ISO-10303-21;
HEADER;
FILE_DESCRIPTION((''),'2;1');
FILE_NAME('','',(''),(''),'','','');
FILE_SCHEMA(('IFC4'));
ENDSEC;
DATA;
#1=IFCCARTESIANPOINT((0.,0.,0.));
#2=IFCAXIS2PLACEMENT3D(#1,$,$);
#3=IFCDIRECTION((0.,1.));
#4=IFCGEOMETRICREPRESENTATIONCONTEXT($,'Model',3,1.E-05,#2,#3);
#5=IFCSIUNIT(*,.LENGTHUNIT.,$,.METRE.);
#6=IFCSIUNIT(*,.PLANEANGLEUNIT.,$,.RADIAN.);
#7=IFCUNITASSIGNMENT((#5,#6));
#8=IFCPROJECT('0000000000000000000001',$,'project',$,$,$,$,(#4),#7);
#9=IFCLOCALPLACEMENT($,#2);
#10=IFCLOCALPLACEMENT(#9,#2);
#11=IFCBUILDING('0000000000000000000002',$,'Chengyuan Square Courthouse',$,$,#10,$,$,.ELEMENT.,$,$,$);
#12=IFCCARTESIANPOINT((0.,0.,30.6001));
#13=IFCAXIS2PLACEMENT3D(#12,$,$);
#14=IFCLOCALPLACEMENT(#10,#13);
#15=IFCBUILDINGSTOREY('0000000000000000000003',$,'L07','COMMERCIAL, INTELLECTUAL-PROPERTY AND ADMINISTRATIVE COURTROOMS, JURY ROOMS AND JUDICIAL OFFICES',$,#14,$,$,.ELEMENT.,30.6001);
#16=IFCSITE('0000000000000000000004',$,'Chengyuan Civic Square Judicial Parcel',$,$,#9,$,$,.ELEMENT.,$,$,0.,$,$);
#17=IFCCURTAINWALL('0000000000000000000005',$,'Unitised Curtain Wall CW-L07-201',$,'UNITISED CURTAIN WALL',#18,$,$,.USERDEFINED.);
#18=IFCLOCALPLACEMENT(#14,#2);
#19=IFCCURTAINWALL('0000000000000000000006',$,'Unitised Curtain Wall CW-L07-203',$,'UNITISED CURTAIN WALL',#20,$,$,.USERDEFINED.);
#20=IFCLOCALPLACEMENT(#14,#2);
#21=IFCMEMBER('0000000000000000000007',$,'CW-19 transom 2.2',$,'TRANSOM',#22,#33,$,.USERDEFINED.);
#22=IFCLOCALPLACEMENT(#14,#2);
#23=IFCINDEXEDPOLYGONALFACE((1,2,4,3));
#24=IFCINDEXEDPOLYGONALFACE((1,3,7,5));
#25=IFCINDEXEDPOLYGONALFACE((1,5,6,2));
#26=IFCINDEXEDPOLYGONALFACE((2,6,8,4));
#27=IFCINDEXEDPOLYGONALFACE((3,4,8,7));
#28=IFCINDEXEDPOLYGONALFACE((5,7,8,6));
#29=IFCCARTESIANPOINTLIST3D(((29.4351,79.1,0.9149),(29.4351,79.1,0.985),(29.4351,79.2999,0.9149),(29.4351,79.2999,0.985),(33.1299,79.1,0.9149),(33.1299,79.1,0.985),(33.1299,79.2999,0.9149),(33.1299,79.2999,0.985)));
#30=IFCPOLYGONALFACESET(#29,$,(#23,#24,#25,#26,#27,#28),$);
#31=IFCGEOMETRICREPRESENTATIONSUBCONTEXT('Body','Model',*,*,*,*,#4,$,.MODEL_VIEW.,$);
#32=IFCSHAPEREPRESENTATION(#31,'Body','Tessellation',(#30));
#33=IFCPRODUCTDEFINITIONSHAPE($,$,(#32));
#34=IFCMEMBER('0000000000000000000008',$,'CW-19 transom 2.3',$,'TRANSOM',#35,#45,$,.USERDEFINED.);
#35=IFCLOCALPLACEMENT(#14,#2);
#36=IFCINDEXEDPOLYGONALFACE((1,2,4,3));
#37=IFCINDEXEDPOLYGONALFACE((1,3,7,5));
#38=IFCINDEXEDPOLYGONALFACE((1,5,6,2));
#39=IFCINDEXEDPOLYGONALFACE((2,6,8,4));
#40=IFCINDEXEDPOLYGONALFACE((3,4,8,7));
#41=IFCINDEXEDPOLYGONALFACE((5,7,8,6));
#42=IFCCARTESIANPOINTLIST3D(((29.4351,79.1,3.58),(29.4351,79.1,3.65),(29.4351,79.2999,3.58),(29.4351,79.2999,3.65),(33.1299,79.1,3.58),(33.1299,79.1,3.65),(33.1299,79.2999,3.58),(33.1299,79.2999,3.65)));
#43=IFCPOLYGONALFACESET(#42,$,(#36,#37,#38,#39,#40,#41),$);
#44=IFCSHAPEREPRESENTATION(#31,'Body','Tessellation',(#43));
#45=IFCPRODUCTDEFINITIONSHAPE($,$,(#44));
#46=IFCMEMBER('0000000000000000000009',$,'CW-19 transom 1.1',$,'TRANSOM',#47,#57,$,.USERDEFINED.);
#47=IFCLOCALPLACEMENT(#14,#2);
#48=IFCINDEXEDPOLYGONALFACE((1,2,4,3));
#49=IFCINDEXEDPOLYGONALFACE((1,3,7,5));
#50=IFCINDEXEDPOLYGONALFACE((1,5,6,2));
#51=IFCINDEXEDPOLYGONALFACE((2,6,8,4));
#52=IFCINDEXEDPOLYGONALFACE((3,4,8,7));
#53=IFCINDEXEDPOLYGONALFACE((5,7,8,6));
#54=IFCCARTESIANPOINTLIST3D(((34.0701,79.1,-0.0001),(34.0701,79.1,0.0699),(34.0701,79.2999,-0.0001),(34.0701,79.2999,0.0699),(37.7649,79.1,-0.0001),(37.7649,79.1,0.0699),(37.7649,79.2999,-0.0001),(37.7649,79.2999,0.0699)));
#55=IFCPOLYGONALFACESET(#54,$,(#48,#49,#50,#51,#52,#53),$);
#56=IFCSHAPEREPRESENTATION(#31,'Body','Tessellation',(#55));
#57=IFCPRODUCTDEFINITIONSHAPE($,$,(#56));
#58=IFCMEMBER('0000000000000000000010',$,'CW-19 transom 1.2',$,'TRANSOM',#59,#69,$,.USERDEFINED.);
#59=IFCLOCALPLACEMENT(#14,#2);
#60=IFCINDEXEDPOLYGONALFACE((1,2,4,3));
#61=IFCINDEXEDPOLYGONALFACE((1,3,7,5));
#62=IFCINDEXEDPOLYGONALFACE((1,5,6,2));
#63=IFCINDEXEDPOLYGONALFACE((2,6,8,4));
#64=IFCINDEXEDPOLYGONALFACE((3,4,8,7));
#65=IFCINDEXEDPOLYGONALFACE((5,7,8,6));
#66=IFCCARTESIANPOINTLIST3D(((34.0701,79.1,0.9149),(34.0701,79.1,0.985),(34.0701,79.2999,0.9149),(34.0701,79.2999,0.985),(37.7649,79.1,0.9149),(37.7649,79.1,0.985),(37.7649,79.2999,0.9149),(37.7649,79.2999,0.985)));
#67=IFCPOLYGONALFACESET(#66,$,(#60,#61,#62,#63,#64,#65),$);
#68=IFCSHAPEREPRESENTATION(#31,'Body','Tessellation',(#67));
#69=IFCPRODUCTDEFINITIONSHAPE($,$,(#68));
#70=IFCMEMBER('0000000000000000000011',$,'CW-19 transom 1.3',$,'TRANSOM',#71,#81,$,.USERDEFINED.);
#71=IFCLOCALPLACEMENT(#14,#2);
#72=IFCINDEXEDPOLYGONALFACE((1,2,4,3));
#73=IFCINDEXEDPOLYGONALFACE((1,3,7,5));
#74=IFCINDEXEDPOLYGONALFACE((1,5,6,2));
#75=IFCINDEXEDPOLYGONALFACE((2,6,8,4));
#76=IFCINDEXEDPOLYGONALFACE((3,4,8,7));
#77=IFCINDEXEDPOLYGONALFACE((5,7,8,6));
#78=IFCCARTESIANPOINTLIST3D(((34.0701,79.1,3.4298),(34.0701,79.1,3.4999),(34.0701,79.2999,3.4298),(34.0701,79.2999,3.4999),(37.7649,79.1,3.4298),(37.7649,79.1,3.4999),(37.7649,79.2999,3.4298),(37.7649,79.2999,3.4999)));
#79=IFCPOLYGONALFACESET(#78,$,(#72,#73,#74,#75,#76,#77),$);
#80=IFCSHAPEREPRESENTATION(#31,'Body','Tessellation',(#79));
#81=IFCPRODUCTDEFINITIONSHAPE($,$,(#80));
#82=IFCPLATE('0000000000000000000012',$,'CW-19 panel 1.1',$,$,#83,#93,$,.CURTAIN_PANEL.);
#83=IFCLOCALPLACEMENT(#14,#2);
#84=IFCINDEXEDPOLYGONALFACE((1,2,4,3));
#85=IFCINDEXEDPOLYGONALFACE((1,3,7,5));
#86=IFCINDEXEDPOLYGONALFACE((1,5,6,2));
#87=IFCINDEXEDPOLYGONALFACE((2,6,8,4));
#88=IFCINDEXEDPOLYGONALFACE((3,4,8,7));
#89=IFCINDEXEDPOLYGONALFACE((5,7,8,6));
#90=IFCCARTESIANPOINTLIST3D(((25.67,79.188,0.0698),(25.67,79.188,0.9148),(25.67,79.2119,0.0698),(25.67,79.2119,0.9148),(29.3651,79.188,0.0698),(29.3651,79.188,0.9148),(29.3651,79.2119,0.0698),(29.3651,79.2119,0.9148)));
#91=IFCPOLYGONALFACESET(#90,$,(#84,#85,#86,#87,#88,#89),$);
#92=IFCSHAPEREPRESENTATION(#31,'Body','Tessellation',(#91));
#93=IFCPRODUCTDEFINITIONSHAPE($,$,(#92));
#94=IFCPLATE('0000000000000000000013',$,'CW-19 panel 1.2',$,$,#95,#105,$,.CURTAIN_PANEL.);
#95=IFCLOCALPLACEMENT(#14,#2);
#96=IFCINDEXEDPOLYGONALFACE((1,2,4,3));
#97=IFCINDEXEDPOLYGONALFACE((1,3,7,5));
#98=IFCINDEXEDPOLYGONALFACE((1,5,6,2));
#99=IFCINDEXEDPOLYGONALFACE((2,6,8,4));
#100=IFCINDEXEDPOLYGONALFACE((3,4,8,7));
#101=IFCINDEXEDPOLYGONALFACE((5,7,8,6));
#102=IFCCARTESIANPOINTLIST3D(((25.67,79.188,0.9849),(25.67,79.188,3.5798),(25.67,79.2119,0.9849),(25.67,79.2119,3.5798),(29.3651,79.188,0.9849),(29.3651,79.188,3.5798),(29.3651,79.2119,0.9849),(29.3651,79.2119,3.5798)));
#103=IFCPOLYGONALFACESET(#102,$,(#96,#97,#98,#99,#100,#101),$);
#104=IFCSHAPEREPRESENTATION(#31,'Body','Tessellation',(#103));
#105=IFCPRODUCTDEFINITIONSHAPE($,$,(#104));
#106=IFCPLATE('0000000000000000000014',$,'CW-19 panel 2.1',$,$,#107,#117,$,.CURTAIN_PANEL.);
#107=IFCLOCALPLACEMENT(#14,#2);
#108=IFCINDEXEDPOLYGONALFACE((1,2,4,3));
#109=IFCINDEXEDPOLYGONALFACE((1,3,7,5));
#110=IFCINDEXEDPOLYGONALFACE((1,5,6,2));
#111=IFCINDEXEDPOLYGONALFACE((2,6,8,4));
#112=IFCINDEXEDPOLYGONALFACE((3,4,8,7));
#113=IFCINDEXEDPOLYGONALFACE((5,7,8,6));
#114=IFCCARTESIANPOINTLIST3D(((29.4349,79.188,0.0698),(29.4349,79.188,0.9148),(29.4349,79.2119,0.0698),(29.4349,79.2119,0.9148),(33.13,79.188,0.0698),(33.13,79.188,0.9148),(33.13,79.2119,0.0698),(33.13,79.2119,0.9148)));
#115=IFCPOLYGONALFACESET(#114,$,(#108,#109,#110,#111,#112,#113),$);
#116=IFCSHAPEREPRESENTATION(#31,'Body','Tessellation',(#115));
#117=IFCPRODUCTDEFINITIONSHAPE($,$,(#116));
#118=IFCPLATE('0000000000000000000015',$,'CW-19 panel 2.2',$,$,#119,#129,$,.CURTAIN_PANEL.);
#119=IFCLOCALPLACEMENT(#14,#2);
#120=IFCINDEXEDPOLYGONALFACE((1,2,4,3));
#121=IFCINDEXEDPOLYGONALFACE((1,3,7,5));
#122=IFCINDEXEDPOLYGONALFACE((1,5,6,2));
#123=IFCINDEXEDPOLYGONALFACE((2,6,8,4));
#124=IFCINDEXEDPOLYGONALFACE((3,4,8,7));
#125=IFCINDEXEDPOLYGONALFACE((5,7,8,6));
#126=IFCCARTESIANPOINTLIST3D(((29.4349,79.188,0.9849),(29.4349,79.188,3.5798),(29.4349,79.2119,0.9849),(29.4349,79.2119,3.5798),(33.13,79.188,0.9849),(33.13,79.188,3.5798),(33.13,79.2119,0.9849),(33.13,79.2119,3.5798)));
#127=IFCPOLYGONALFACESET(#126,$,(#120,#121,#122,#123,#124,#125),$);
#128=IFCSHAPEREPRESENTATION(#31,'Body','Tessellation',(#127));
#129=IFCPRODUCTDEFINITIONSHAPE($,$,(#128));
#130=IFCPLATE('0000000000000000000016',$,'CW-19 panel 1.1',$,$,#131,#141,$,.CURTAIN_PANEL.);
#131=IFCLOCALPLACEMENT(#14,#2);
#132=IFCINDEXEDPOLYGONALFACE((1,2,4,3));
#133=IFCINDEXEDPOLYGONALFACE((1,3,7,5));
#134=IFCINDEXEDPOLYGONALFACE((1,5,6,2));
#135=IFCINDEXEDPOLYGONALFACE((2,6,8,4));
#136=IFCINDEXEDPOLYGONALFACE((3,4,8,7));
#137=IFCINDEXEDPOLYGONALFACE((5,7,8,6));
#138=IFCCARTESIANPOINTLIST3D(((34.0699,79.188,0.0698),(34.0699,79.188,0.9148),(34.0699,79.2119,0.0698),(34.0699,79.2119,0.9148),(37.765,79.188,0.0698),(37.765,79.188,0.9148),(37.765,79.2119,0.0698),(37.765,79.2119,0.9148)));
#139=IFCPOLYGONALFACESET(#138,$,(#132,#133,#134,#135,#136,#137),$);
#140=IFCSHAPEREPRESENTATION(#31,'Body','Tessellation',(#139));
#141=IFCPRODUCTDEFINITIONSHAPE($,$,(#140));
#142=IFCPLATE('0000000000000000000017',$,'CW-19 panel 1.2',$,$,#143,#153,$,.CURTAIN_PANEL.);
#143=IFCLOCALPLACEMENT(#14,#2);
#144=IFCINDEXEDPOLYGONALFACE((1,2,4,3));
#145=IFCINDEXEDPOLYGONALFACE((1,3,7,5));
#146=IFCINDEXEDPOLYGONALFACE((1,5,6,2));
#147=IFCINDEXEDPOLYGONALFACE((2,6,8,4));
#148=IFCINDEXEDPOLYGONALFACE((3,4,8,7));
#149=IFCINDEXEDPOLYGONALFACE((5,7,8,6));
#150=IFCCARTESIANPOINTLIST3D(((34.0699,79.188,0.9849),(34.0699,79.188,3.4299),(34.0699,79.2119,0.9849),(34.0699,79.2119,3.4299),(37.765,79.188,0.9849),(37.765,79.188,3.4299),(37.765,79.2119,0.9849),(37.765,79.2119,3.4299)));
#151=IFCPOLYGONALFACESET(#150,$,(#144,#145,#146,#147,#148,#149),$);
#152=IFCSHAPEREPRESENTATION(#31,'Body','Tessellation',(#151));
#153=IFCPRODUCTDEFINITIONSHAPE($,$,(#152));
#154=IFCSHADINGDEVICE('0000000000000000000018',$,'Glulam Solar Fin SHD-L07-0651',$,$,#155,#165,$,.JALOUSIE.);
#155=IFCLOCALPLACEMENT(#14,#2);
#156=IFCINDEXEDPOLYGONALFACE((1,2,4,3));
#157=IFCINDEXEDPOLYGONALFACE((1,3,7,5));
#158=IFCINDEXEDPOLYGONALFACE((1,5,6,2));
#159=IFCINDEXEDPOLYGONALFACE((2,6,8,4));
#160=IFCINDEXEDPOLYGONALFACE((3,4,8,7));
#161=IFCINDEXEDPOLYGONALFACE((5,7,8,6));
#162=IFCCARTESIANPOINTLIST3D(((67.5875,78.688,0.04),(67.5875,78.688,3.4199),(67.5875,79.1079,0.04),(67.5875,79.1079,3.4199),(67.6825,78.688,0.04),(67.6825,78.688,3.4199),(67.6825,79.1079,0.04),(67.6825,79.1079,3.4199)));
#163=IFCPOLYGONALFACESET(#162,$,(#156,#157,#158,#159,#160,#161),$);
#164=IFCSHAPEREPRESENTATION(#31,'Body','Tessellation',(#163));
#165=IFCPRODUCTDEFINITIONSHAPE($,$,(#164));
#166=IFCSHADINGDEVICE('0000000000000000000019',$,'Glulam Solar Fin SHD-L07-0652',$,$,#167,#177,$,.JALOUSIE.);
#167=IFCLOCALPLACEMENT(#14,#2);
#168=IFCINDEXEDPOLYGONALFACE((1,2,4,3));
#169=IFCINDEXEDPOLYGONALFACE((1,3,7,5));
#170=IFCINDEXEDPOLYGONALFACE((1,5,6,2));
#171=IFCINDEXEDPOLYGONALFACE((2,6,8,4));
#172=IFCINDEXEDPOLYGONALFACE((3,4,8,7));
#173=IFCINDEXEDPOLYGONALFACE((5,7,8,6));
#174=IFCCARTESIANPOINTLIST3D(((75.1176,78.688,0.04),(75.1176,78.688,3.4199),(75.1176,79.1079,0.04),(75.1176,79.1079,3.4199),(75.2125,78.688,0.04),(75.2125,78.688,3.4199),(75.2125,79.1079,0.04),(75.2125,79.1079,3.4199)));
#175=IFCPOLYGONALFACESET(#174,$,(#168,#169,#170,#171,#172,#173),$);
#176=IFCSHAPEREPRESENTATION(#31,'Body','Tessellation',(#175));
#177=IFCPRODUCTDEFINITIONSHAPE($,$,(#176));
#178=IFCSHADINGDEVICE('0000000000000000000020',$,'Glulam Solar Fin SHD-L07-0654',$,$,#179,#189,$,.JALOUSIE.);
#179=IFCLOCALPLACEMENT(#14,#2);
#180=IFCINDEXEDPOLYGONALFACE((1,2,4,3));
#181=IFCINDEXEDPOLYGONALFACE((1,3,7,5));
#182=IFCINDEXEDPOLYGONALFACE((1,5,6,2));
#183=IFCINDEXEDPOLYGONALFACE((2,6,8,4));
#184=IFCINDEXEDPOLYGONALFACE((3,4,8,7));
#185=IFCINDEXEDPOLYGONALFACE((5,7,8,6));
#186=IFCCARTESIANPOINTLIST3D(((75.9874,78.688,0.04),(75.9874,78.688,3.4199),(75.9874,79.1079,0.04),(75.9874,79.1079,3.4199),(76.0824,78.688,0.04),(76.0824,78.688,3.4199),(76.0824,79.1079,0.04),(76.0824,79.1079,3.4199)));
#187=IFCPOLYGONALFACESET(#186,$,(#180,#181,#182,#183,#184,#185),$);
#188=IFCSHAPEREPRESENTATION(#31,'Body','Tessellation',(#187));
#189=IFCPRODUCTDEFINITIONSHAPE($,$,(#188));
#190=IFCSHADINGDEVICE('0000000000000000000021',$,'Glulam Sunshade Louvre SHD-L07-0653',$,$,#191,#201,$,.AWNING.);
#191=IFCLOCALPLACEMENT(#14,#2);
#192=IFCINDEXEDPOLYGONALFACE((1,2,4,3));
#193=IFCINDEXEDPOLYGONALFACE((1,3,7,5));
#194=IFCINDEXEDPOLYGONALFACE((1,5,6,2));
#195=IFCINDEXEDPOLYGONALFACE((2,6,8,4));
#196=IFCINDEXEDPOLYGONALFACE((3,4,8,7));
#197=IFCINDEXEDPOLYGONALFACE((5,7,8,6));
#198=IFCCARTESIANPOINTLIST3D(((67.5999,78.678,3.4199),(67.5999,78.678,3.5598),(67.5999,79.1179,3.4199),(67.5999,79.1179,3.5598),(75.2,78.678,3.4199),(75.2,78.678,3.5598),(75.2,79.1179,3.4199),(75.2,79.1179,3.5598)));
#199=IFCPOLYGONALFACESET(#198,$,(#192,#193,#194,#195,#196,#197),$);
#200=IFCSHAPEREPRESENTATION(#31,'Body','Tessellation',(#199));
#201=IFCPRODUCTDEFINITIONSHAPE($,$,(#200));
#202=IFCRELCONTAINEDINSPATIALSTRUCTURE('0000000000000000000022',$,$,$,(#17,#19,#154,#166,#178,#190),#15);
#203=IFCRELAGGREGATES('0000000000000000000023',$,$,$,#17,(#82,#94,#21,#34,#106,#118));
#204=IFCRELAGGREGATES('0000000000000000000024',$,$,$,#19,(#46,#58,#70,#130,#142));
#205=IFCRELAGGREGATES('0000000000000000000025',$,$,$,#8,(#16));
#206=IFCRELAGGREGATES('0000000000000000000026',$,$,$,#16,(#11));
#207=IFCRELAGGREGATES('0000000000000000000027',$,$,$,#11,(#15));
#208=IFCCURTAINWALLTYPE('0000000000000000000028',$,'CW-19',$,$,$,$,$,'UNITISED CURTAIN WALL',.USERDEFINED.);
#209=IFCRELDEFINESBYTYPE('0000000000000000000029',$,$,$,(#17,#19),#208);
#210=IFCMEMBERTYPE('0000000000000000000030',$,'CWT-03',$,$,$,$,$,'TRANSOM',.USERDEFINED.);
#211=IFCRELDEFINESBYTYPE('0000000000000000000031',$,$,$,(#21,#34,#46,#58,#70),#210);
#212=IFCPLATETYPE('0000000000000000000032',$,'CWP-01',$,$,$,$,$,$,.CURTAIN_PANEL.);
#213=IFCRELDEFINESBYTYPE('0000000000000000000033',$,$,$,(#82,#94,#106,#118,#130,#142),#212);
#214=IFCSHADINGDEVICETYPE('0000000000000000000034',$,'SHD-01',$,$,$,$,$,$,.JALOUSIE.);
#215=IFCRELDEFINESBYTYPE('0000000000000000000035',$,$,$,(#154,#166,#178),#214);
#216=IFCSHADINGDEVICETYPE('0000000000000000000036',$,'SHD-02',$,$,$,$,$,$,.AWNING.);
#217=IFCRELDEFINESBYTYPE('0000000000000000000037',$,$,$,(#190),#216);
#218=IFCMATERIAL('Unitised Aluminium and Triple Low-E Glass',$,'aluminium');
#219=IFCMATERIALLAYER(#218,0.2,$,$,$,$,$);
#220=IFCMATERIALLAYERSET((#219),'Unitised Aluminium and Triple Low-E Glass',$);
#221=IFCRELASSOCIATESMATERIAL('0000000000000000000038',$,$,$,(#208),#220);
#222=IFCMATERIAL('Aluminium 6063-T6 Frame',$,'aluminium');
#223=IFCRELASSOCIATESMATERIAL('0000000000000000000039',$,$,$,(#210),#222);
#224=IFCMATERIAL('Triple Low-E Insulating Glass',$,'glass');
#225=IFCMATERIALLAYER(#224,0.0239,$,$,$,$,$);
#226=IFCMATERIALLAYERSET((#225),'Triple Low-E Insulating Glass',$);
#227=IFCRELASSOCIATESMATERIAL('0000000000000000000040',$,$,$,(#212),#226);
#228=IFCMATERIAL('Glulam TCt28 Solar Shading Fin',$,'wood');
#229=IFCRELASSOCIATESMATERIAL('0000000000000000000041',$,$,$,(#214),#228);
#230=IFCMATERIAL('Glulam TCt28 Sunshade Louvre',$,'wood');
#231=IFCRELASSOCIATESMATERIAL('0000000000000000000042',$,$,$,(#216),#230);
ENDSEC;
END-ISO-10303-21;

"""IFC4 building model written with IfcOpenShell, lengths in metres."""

from ifc_helpers import new_model, si_unit, direction, frame, origin, origin_2d, place, context, subcontext, project, spatial, rectangle, extrude, material, layer, layer_set, material_profile, profile_set, type_object, element, aggregate, save


model = new_model("IFC4")

# Units and contexts
model_context = context("Model", 3, precision=1e-05, world=origin(), true_north=direction((0.0, 1.0)))
body_context = subcontext(model_context, "Body", "Model", "MODEL_VIEW")
ifc_project = project(units=[si_unit("LENGTHUNIT", "METRE"), si_unit("PLANEANGLEUNIT", "RADIAN")], contexts=[model_context])

# Site, building, storey
site_placement = place(None, origin())
site = spatial("IfcSite", under=ifc_project, at=site_placement, Name="Chengyuan Civic Square Judicial Parcel", CompositionType="ELEMENT", RefElevation=0.0)
building_placement = place(site_placement, origin())
building = spatial("IfcBuilding", under=site, at=building_placement, Name="Chengyuan Square Courthouse", CompositionType="ELEMENT")
storey_placement = place(building_placement, frame((0.0, 0.0, 30.6001)))
storey = spatial("IfcBuildingStorey", under=building, at=storey_placement, Name="L07", Description="COMMERCIAL, INTELLECTUAL-PROPERTY AND ADMINISTRATIVE COURTROOMS, JURY ROOMS AND JUDICIAL OFFICES", CompositionType="ELEMENT", Elevation=30.6001)

# Curtain walls
ifc_material_1 = material(Name="Unitised Aluminium and Triple Low-E Glass", Category="aluminium")
ifc_layer_1 = layer(ifc_material_1, 0.2)
ifc_layer_set_1 = layer_set([ifc_layer_1], Name="Unitised Aluminium and Triple Low-E Glass")
curtain_wall_type = type_object("IfcCurtainWallType", Name="CW-19", ElementType="UNITISED CURTAIN WALL", PredefinedType="USERDEFINED", material=ifc_layer_set_1)
curtain_wall_1_placement = place(storey_placement, origin())
curtain_wall_1 = element("IfcCurtainWall", 1, at=curtain_wall_1_placement, inside=storey, type_object=curtain_wall_type, Name="Unitised Curtain Wall CW-L07-201", ObjectType="UNITISED CURTAIN WALL", PredefinedType="USERDEFINED")
ifc_material_2 = material(Name="Aluminium 6063-T6 Frame", Category="aluminium")
curtain_wall_2_placement = place(storey_placement, origin())
curtain_wall_2 = element("IfcCurtainWall", 2, at=curtain_wall_2_placement, inside=storey, type_object=curtain_wall_type, Name="Unitised Curtain Wall CW-L07-203", ObjectType="UNITISED CURTAIN WALL", PredefinedType="USERDEFINED")

# Members
ifc_material_profile_1 = material_profile(ifc_material_2, rectangle(XDim=0.2, YDim=0.0701, at=origin_2d()), Name="CW-TRN-70x160")
ifc_profile_set_1 = profile_set([ifc_material_profile_1], Name="Aluminium 6063-T6 Frame")
member_type_1 = type_object("IfcMemberType", Name="CWT-03", ElementType="TRANSOM", PredefinedType="USERDEFINED", material=ifc_profile_set_1)
member_1_placement = place(storey_placement, frame((29.4351, 79.2, 0.95), z_axis=(1.0, 0.0, 0.0), x_axis=(0.0, 1.0, 0.0)))
member_1 = element("IfcMember", 3, at=member_1_placement, type_object=member_type_1, Name="CW-19 transom 2.2", ObjectType="TRANSOM", PredefinedType="USERDEFINED", context=body_context, shape_type="SweptSolid", body=[
    extrude(rectangle(XDim=0.2, YDim=0.0701, at=origin_2d()), origin(), (0.0, 0.0, 1.0), 3.6948),
])
member_2_placement = place(storey_placement, frame((29.4351, 79.2, 3.615), z_axis=(1.0, 0.0, 0.0), x_axis=(0.0, 1.0, 0.0)))
member_2 = element("IfcMember", 4, at=member_2_placement, type_object=member_type_1, Name="CW-19 transom 2.3", ObjectType="TRANSOM", PredefinedType="USERDEFINED", context=body_context, shape_type="SweptSolid", body=[
    extrude(rectangle(XDim=0.2, YDim=0.0701, at=origin_2d()), origin(), (0.0, 0.0, 1.0), 3.6948),
])
member_3_placement = place(storey_placement, frame((34.0701, 79.2, 0.0349), z_axis=(1.0, 0.0, 0.0), x_axis=(0.0, 1.0, 0.0)))
member_3 = element("IfcMember", 5, at=member_3_placement, type_object=member_type_1, Name="CW-19 transom 1.1", ObjectType="TRANSOM", PredefinedType="USERDEFINED", context=body_context, shape_type="SweptSolid", body=[
    extrude(rectangle(XDim=0.2, YDim=0.0701, at=origin_2d()), origin(), (0.0, 0.0, 1.0), 3.6948),
])
member_4_placement = place(storey_placement, frame((34.0701, 79.2, 0.95), z_axis=(1.0, 0.0, 0.0), x_axis=(0.0, 1.0, 0.0)))
member_4 = element("IfcMember", 6, at=member_4_placement, type_object=member_type_1, Name="CW-19 transom 1.2", ObjectType="TRANSOM", PredefinedType="USERDEFINED", context=body_context, shape_type="SweptSolid", body=[
    extrude(rectangle(XDim=0.2, YDim=0.0701, at=origin_2d()), origin(), (0.0, 0.0, 1.0), 3.6948),
])
member_5_placement = place(storey_placement, frame((34.0701, 79.2, 3.4648), z_axis=(1.0, 0.0, 0.0), x_axis=(0.0, 1.0, 0.0)))
member_5 = element("IfcMember", 7, at=member_5_placement, type_object=member_type_1, Name="CW-19 transom 1.3", ObjectType="TRANSOM", PredefinedType="USERDEFINED", context=body_context, shape_type="SweptSolid", body=[
    extrude(rectangle(XDim=0.2, YDim=0.0701, at=origin_2d()), origin(), (0.0, 0.0, 1.0), 3.6948),
])

# Plates
ifc_material_3 = material(Name="Triple Low-E Insulating Glass", Category="glass")
ifc_layer_2 = layer(ifc_material_3, 0.0239)
ifc_layer_set_2 = layer_set([ifc_layer_2], Name="Triple Low-E Insulating Glass")
plate_type = type_object("IfcPlateType", Name="CWP-01", PredefinedType="CURTAIN_PANEL", material=ifc_layer_set_2)
plate_1_placement = place(storey_placement, frame((27.5176, 79.2, 0.0698), z_axis=(0.0, 0.0, 1.0), x_axis=(1.0, 0.0, 0.0)))
plate_1 = element("IfcPlate", 8, at=plate_1_placement, type_object=plate_type, Name="CW-19 panel 1.1", PredefinedType="CURTAIN_PANEL", context=body_context, shape_type="SweptSolid", body=[
    extrude(rectangle(XDim=3.6951, YDim=0.0239, at=origin_2d()), origin(), (0.0, 0.0, 1.0), 0.845),
])
plate_2_placement = place(storey_placement, frame((27.5176, 79.2, 0.9849), z_axis=(0.0, 0.0, 1.0), x_axis=(1.0, 0.0, 0.0)))
plate_2 = element("IfcPlate", 9, at=plate_2_placement, type_object=plate_type, Name="CW-19 panel 1.2", PredefinedType="CURTAIN_PANEL", context=body_context, shape_type="SweptSolid", body=[
    extrude(rectangle(XDim=3.6951, YDim=0.0239, at=origin_2d()), origin(), (0.0, 0.0, 1.0), 2.595),
])
plate_3_placement = place(storey_placement, frame((31.2825, 79.2, 0.0698), z_axis=(0.0, 0.0, 1.0), x_axis=(1.0, 0.0, 0.0)))
plate_3 = element("IfcPlate", 10, at=plate_3_placement, type_object=plate_type, Name="CW-19 panel 2.1", PredefinedType="CURTAIN_PANEL", context=body_context, shape_type="SweptSolid", body=[
    extrude(rectangle(XDim=3.6951, YDim=0.0239, at=origin_2d()), origin(), (0.0, 0.0, 1.0), 0.845),
])
plate_4_placement = place(storey_placement, frame((31.2825, 79.2, 0.9849), z_axis=(0.0, 0.0, 1.0), x_axis=(1.0, 0.0, 0.0)))
plate_4 = element("IfcPlate", 11, at=plate_4_placement, type_object=plate_type, Name="CW-19 panel 2.2", PredefinedType="CURTAIN_PANEL", context=body_context, shape_type="SweptSolid", body=[
    extrude(rectangle(XDim=3.6951, YDim=0.0239, at=origin_2d()), origin(), (0.0, 0.0, 1.0), 2.595),
])
aggregate(curtain_wall_1, [plate_1, plate_2, member_1, member_2, plate_3, plate_4])
plate_5_placement = place(storey_placement, frame((35.9175, 79.2, 0.0698), z_axis=(0.0, 0.0, 1.0), x_axis=(1.0, 0.0, 0.0)))
plate_5 = element("IfcPlate", 12, at=plate_5_placement, type_object=plate_type, Name="CW-19 panel 1.1", PredefinedType="CURTAIN_PANEL", context=body_context, shape_type="SweptSolid", body=[
    extrude(rectangle(XDim=3.6951, YDim=0.0239, at=origin_2d()), origin(), (0.0, 0.0, 1.0), 0.845),
])
plate_6_placement = place(storey_placement, frame((35.9175, 79.2, 0.9849), z_axis=(0.0, 0.0, 1.0), x_axis=(1.0, 0.0, 0.0)))
plate_6 = element("IfcPlate", 13, at=plate_6_placement, type_object=plate_type, Name="CW-19 panel 1.2", PredefinedType="CURTAIN_PANEL", context=body_context, shape_type="SweptSolid", body=[
    extrude(rectangle(XDim=3.6951, YDim=0.0239, at=origin_2d()), origin(), (0.0, 0.0, 1.0), 2.4451),
])
aggregate(curtain_wall_2, [member_3, member_4, member_5, plate_5, plate_6])

# Shading devices
ifc_material_4 = material(Name="Glulam TCt28 Solar Shading Fin", Category="wood")
shading_device_type_1 = type_object("IfcShadingDeviceType", Name="SHD-01", PredefinedType="JALOUSIE", material=ifc_material_4)
for number, where, z_axis, x_axis, name in (
    (14, (67.635, 78.8979, 0.04), (0.0, 0.0, 1.0), (0.0, 1.0, 0.0), "Glulam Solar Fin SHD-L07-0651"),
    (15, (75.165, 78.8979, 0.04), (0.0, 0.0, 1.0), (0.0, 1.0, 0.0), "Glulam Solar Fin SHD-L07-0652"),
    (16, (76.0349, 78.8979, 0.04), (0.0, 0.0, 1.0), (0.0, 1.0, 0.0), "Glulam Solar Fin SHD-L07-0654"),
):
    element("IfcShadingDevice", number, at=place(storey_placement, frame(where, z_axis=z_axis, x_axis=x_axis)), inside=storey, type_object=shading_device_type_1, Name=name, PredefinedType="JALOUSIE", context=body_context, shape_type="SweptSolid", body=[
        extrude(rectangle(XDim=0.4199, YDim=0.095, at=origin_2d()), origin(), (0.0, 0.0, 1.0), 3.3799),
    ])
ifc_material_5 = material(Name="Glulam TCt28 Sunshade Louvre", Category="wood")
shading_device_type_2 = type_object("IfcShadingDeviceType", Name="SHD-02", PredefinedType="AWNING", material=ifc_material_5)
shading_device_placement = place(storey_placement, frame((71.3999, 78.8979, 3.4199), z_axis=(0.0, 0.0, 1.0), x_axis=(1.0, 0.0, 0.0)))
element("IfcShadingDevice", 17, at=shading_device_placement, inside=storey, type_object=shading_device_type_2, Name="Glulam Sunshade Louvre SHD-L07-0653", PredefinedType="AWNING", context=body_context, shape_type="SweptSolid", body=[
    extrude(rectangle(XDim=7.6001, YDim=0.4399, at=origin_2d()), origin(), (0.0, 0.0, 1.0), 0.1399),
])

save(model, "model.ifc")
